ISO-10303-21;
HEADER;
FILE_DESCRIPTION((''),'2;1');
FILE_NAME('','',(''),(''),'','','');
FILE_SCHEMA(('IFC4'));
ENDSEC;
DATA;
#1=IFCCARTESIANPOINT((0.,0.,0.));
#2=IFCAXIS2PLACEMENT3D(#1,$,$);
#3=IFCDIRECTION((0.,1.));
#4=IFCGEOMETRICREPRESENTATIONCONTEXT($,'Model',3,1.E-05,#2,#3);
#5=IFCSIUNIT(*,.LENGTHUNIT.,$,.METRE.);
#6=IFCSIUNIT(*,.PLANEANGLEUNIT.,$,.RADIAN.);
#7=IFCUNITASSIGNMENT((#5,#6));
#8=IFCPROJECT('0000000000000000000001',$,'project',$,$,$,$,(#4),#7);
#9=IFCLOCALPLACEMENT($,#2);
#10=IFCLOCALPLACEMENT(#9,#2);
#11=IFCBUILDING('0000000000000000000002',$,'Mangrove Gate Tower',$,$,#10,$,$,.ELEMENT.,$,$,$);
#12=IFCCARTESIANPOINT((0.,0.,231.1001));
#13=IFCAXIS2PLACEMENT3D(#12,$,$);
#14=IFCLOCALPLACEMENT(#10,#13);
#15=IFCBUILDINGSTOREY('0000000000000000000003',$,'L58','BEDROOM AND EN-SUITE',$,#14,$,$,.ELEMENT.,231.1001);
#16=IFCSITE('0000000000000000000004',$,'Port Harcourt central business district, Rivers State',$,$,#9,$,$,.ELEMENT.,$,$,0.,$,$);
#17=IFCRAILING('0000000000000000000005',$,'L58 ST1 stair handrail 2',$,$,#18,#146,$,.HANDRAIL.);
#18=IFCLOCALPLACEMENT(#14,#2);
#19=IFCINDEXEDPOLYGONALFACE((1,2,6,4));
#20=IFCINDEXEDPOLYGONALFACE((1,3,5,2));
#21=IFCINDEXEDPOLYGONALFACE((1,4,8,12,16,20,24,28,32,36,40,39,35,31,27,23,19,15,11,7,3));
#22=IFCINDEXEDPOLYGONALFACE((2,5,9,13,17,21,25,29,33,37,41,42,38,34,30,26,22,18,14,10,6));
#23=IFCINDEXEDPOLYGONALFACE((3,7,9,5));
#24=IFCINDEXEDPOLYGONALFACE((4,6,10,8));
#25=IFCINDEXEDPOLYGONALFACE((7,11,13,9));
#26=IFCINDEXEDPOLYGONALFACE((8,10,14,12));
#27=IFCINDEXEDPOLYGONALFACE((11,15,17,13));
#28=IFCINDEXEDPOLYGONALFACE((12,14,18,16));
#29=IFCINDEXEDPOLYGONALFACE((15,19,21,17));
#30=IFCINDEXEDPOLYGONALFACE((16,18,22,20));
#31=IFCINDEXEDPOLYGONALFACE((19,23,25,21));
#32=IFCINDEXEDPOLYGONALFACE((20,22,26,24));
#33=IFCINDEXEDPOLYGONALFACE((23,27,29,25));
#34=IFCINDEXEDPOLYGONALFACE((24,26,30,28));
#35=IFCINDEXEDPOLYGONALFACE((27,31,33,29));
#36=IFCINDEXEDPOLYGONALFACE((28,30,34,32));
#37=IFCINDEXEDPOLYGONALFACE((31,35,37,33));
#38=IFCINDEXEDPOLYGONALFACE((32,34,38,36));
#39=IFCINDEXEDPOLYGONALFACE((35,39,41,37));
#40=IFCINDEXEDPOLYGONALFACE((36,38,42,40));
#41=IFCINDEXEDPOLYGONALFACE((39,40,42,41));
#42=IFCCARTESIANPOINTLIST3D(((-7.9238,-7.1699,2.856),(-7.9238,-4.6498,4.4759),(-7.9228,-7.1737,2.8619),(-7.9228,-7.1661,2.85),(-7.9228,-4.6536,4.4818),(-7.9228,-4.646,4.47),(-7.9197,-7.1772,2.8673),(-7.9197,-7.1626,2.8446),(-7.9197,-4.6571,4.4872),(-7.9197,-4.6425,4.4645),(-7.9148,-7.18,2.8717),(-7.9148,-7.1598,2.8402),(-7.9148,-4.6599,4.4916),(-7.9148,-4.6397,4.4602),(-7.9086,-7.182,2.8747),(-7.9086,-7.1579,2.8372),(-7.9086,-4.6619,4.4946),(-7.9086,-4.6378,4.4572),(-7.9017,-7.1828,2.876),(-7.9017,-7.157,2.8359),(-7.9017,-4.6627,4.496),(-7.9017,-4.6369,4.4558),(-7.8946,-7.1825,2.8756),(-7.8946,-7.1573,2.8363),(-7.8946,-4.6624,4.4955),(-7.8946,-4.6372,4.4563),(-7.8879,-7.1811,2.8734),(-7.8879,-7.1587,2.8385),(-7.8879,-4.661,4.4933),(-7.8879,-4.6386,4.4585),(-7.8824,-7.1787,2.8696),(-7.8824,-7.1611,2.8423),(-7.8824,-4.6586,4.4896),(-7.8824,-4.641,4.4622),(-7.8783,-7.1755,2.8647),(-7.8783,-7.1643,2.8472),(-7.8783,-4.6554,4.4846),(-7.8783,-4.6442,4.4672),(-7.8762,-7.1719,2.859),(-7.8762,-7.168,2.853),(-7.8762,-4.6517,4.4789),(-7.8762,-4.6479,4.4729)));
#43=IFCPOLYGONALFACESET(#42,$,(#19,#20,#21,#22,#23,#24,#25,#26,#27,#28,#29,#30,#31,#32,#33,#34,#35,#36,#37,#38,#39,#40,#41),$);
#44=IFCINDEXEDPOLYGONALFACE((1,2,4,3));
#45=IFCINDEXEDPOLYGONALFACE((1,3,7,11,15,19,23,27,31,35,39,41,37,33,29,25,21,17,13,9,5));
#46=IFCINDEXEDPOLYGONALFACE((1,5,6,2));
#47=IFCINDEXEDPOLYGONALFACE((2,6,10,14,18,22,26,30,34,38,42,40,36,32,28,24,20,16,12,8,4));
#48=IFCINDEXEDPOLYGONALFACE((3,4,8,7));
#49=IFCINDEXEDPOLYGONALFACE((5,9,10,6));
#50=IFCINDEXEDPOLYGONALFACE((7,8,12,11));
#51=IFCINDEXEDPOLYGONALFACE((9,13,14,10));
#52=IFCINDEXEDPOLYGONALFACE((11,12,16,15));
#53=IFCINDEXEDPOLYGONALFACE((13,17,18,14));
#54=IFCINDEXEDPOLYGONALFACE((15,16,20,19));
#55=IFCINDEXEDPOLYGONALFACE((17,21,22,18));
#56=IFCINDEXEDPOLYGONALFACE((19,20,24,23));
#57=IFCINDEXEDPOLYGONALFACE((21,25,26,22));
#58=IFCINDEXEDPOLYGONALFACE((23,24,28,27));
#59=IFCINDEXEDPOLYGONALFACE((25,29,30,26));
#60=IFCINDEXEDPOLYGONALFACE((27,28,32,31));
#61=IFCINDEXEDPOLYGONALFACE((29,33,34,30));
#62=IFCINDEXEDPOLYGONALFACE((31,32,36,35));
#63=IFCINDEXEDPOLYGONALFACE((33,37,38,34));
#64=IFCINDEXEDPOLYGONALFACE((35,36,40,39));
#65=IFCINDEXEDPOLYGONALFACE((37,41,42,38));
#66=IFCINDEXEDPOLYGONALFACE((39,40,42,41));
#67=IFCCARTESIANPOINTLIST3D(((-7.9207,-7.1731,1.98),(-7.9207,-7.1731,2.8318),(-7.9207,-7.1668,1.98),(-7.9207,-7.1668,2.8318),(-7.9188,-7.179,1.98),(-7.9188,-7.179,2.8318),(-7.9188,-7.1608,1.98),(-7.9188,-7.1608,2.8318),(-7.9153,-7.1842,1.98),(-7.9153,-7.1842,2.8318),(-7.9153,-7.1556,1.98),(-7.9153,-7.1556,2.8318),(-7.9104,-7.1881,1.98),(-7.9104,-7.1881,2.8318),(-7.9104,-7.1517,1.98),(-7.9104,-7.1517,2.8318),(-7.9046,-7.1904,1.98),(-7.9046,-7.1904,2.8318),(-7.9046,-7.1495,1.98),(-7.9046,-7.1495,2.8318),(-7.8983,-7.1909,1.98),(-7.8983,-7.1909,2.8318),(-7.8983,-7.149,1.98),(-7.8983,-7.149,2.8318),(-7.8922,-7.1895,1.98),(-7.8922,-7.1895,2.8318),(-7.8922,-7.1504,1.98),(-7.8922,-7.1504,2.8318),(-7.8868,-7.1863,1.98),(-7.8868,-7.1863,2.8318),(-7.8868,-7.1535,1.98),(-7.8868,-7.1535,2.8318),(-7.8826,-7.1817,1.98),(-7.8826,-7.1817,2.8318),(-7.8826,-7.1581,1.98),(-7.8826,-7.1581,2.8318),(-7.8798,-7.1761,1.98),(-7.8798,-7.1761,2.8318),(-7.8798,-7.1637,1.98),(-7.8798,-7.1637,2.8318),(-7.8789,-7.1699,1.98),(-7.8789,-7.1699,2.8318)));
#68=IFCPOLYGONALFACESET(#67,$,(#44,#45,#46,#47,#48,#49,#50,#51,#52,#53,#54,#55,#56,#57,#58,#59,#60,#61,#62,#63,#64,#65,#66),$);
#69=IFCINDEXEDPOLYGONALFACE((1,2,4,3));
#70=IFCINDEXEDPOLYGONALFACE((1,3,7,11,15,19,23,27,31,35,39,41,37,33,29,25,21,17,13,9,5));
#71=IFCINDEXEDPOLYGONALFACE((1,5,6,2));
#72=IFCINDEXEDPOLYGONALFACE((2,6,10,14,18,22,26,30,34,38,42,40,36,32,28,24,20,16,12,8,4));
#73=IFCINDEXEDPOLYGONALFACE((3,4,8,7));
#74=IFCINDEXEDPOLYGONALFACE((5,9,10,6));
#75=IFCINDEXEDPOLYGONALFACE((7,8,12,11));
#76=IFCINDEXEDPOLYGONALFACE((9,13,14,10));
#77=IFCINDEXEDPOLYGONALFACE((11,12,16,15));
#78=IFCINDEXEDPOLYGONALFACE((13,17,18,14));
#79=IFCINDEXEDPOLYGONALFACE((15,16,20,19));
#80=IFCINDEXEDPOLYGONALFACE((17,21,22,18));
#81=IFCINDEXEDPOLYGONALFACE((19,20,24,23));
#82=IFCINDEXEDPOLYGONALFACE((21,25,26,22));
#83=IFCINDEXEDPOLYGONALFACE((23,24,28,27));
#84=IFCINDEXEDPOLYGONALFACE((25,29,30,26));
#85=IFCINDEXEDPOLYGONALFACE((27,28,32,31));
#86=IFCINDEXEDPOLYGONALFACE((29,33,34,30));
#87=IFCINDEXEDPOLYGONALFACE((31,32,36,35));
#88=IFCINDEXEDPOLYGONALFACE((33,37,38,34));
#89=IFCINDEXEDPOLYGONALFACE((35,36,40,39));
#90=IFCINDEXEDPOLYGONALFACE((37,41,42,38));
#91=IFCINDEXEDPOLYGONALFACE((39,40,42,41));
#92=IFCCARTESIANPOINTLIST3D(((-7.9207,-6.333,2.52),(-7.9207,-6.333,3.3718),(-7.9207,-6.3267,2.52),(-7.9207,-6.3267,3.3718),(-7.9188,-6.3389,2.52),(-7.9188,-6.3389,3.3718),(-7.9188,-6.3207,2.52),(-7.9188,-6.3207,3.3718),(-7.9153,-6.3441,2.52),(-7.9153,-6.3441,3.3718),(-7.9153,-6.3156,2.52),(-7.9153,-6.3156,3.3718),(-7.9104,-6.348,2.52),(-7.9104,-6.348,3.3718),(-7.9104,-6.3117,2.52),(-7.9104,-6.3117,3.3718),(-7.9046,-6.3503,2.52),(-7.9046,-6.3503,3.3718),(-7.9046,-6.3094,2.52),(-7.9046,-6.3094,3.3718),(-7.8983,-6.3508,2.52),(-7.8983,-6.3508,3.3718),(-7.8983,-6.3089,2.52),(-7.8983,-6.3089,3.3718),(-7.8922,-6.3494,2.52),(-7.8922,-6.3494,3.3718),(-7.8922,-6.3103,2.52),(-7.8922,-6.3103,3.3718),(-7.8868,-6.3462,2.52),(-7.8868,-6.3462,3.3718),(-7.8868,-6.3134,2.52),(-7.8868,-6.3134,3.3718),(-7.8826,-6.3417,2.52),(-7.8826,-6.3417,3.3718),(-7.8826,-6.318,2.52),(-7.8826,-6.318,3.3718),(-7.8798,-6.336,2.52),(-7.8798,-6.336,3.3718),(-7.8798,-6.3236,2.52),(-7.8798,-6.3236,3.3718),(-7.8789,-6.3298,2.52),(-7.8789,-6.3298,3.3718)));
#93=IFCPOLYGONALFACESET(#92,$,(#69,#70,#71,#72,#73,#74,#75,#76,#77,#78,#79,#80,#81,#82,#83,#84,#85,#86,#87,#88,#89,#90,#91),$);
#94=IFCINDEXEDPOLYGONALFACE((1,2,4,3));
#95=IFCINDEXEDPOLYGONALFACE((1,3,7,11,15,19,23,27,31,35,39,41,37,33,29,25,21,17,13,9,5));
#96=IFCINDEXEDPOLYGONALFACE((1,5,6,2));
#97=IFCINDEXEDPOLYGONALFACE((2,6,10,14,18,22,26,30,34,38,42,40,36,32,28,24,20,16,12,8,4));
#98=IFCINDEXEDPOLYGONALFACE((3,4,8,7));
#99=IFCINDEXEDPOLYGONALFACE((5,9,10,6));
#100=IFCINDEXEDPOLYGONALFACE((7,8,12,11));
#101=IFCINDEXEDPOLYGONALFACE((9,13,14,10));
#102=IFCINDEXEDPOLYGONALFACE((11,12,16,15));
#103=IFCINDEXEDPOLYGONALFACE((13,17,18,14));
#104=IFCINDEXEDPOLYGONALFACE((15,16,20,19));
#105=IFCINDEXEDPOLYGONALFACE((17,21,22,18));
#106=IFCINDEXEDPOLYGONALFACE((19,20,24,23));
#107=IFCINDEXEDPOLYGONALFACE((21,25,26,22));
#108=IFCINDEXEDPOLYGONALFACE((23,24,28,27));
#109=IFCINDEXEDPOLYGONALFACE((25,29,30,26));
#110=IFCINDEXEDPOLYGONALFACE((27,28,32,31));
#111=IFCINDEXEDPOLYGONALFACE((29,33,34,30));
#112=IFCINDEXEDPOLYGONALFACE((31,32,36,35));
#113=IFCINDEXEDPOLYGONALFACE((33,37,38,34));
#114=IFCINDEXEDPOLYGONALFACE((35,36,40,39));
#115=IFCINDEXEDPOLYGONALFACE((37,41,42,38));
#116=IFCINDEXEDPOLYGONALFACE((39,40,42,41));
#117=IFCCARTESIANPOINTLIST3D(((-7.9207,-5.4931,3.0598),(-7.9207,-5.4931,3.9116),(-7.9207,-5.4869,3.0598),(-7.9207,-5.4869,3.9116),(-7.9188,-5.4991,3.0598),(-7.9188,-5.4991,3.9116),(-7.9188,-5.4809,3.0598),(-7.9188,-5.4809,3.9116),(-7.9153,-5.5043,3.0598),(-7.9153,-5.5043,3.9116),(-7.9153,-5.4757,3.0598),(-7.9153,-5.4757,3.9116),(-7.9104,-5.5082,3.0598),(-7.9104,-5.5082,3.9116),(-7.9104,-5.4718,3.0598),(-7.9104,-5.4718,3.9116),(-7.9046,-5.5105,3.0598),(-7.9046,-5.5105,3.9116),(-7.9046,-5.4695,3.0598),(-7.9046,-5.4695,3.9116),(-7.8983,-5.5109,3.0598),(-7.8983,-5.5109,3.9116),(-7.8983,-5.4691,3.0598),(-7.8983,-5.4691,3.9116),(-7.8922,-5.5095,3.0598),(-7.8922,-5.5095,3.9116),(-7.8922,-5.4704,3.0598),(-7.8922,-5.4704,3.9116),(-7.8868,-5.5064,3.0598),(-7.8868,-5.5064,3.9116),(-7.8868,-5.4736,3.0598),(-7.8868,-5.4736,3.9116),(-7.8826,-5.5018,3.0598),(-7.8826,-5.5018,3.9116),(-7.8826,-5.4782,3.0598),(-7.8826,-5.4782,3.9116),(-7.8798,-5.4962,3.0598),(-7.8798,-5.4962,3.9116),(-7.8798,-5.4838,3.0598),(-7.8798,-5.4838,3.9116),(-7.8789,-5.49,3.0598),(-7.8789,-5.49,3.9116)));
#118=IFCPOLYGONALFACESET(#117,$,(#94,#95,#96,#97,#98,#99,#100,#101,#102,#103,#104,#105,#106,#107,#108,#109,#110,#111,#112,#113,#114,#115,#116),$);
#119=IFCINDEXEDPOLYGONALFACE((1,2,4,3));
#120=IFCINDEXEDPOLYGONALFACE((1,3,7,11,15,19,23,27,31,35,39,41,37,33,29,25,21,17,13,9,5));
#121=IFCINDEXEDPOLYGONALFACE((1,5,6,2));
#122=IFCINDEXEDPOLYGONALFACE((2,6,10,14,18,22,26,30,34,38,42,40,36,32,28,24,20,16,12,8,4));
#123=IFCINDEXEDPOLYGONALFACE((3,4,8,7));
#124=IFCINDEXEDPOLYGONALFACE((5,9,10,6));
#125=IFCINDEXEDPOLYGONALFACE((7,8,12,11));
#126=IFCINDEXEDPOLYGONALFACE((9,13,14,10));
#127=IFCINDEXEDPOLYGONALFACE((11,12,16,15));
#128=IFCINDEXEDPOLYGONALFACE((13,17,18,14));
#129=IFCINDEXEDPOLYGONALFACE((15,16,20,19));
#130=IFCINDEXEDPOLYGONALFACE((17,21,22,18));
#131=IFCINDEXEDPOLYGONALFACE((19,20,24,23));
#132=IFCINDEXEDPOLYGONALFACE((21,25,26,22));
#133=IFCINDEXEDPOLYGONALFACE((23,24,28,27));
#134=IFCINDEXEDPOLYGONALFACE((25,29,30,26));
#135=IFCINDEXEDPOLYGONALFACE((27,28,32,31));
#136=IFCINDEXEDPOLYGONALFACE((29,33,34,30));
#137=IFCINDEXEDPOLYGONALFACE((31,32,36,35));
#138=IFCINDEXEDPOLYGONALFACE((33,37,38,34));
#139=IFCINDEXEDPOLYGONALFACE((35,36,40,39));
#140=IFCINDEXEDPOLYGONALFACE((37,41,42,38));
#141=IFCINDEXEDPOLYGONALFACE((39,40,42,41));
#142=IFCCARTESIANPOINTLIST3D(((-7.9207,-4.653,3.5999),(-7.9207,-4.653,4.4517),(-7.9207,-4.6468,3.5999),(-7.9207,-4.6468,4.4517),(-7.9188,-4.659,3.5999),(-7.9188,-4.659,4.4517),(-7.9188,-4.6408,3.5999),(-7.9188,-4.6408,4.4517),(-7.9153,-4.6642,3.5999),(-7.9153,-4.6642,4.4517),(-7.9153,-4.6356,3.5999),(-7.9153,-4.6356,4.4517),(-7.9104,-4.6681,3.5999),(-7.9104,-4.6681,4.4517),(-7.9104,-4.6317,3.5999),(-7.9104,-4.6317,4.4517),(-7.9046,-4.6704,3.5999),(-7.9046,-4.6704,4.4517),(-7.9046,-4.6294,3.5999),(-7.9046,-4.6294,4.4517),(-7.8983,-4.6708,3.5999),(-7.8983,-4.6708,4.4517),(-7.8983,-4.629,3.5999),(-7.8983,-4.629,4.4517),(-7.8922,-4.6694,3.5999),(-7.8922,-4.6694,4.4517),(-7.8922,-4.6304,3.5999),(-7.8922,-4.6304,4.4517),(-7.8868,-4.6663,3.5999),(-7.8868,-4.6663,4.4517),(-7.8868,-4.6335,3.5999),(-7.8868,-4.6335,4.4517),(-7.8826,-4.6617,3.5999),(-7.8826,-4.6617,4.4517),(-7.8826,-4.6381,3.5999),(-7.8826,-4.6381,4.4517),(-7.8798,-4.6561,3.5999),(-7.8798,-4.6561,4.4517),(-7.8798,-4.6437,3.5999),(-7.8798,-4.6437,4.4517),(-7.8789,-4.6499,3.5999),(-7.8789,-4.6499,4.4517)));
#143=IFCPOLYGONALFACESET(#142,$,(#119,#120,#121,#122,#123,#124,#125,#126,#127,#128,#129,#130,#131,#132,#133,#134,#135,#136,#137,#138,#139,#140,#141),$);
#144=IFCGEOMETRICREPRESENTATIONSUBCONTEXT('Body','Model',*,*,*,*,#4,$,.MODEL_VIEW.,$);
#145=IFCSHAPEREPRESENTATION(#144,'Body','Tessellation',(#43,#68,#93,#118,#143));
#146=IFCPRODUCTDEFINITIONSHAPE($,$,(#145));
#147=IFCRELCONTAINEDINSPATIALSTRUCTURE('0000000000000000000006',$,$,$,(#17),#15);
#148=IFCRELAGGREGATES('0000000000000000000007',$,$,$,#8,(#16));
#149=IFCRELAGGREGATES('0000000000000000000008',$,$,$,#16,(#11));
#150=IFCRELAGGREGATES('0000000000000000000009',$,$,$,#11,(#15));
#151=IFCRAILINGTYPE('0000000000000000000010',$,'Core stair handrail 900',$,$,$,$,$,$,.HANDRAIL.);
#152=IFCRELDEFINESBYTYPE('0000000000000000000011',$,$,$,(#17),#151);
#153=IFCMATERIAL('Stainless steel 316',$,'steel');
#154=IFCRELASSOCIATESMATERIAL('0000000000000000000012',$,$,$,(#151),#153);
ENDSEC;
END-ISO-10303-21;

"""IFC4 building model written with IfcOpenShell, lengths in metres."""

from ifc_helpers import new_model, si_unit, direction, frame, origin, origin_2d, place, context, subcontext, project, spatial, circle, extrude, material, type_object, element, save


model = new_model("IFC4")

# Units and contexts
model_context = context("Model", 3, precision=1e-05, world=origin(), true_north=direction((0.0, 1.0)))
body_context = subcontext(model_context, "Body", "Model", "MODEL_VIEW")
ifc_project = project(units=[si_unit("LENGTHUNIT", "METRE"), si_unit("PLANEANGLEUNIT", "RADIAN")], contexts=[model_context])

# Site, building, storey
site_placement = place(None, origin())
site = spatial("IfcSite", under=ifc_project, at=site_placement, Name="Port Harcourt central business district, Rivers State", CompositionType="ELEMENT", RefElevation=0.0)
building_placement = place(site_placement, origin())
building = spatial("IfcBuilding", under=site, at=building_placement, Name="Mangrove Gate Tower", CompositionType="ELEMENT")
storey_placement = place(building_placement, frame((0.0, 0.0, 231.1001)))
storey = spatial("IfcBuildingStorey", under=building, at=storey_placement, Name="L58", Description="BEDROOM AND EN-SUITE", CompositionType="ELEMENT", Elevation=231.1001)

# Railing
ifc_material_1 = material(Name="Stainless steel 316", Category="steel")
railing_type_1 = type_object("IfcRailingType", Name="Core stair handrail 900", PredefinedType="HANDRAIL", material=ifc_material_1)
railing_1_placement = place(storey_placement, frame((-7.8999, -7.1699, 1.98)))
element("IfcRailing", 1, at=railing_1_placement, inside=storey, type_object=railing_type_1, Name="L58 ST1 stair handrail 2", PredefinedType="HANDRAIL", context=body_context, shape_type="SweptSolid", body=[
    extrude(circle(Radius=0.0239, at=origin_2d()), frame((0.0, 0.0, 0.876), z_axis=(0.0, 0.8412, 0.540725), x_axis=(-1.0, 0.0, 0.0)), (0.0, 0.0, 1.0), 2.9958),
    extrude(circle(Radius=0.021, at=origin_2d()), origin(), (0.0, 0.0, 1.0), 0.8518),
    extrude(circle(Radius=0.021, at=origin_2d()), frame((0.0, 0.8401, 0.54)), (0.0, 0.0, 1.0), 0.8518),
    extrude(circle(Radius=0.021, at=origin_2d()), frame((0.0, 1.6799, 1.0798)), (0.0, 0.0, 1.0), 0.8518),
    extrude(circle(Radius=0.021, at=origin_2d()), frame((0.0, 2.52, 1.6199)), (0.0, 0.0, 1.0), 0.8518),
])

save(model, "model.ifc")
